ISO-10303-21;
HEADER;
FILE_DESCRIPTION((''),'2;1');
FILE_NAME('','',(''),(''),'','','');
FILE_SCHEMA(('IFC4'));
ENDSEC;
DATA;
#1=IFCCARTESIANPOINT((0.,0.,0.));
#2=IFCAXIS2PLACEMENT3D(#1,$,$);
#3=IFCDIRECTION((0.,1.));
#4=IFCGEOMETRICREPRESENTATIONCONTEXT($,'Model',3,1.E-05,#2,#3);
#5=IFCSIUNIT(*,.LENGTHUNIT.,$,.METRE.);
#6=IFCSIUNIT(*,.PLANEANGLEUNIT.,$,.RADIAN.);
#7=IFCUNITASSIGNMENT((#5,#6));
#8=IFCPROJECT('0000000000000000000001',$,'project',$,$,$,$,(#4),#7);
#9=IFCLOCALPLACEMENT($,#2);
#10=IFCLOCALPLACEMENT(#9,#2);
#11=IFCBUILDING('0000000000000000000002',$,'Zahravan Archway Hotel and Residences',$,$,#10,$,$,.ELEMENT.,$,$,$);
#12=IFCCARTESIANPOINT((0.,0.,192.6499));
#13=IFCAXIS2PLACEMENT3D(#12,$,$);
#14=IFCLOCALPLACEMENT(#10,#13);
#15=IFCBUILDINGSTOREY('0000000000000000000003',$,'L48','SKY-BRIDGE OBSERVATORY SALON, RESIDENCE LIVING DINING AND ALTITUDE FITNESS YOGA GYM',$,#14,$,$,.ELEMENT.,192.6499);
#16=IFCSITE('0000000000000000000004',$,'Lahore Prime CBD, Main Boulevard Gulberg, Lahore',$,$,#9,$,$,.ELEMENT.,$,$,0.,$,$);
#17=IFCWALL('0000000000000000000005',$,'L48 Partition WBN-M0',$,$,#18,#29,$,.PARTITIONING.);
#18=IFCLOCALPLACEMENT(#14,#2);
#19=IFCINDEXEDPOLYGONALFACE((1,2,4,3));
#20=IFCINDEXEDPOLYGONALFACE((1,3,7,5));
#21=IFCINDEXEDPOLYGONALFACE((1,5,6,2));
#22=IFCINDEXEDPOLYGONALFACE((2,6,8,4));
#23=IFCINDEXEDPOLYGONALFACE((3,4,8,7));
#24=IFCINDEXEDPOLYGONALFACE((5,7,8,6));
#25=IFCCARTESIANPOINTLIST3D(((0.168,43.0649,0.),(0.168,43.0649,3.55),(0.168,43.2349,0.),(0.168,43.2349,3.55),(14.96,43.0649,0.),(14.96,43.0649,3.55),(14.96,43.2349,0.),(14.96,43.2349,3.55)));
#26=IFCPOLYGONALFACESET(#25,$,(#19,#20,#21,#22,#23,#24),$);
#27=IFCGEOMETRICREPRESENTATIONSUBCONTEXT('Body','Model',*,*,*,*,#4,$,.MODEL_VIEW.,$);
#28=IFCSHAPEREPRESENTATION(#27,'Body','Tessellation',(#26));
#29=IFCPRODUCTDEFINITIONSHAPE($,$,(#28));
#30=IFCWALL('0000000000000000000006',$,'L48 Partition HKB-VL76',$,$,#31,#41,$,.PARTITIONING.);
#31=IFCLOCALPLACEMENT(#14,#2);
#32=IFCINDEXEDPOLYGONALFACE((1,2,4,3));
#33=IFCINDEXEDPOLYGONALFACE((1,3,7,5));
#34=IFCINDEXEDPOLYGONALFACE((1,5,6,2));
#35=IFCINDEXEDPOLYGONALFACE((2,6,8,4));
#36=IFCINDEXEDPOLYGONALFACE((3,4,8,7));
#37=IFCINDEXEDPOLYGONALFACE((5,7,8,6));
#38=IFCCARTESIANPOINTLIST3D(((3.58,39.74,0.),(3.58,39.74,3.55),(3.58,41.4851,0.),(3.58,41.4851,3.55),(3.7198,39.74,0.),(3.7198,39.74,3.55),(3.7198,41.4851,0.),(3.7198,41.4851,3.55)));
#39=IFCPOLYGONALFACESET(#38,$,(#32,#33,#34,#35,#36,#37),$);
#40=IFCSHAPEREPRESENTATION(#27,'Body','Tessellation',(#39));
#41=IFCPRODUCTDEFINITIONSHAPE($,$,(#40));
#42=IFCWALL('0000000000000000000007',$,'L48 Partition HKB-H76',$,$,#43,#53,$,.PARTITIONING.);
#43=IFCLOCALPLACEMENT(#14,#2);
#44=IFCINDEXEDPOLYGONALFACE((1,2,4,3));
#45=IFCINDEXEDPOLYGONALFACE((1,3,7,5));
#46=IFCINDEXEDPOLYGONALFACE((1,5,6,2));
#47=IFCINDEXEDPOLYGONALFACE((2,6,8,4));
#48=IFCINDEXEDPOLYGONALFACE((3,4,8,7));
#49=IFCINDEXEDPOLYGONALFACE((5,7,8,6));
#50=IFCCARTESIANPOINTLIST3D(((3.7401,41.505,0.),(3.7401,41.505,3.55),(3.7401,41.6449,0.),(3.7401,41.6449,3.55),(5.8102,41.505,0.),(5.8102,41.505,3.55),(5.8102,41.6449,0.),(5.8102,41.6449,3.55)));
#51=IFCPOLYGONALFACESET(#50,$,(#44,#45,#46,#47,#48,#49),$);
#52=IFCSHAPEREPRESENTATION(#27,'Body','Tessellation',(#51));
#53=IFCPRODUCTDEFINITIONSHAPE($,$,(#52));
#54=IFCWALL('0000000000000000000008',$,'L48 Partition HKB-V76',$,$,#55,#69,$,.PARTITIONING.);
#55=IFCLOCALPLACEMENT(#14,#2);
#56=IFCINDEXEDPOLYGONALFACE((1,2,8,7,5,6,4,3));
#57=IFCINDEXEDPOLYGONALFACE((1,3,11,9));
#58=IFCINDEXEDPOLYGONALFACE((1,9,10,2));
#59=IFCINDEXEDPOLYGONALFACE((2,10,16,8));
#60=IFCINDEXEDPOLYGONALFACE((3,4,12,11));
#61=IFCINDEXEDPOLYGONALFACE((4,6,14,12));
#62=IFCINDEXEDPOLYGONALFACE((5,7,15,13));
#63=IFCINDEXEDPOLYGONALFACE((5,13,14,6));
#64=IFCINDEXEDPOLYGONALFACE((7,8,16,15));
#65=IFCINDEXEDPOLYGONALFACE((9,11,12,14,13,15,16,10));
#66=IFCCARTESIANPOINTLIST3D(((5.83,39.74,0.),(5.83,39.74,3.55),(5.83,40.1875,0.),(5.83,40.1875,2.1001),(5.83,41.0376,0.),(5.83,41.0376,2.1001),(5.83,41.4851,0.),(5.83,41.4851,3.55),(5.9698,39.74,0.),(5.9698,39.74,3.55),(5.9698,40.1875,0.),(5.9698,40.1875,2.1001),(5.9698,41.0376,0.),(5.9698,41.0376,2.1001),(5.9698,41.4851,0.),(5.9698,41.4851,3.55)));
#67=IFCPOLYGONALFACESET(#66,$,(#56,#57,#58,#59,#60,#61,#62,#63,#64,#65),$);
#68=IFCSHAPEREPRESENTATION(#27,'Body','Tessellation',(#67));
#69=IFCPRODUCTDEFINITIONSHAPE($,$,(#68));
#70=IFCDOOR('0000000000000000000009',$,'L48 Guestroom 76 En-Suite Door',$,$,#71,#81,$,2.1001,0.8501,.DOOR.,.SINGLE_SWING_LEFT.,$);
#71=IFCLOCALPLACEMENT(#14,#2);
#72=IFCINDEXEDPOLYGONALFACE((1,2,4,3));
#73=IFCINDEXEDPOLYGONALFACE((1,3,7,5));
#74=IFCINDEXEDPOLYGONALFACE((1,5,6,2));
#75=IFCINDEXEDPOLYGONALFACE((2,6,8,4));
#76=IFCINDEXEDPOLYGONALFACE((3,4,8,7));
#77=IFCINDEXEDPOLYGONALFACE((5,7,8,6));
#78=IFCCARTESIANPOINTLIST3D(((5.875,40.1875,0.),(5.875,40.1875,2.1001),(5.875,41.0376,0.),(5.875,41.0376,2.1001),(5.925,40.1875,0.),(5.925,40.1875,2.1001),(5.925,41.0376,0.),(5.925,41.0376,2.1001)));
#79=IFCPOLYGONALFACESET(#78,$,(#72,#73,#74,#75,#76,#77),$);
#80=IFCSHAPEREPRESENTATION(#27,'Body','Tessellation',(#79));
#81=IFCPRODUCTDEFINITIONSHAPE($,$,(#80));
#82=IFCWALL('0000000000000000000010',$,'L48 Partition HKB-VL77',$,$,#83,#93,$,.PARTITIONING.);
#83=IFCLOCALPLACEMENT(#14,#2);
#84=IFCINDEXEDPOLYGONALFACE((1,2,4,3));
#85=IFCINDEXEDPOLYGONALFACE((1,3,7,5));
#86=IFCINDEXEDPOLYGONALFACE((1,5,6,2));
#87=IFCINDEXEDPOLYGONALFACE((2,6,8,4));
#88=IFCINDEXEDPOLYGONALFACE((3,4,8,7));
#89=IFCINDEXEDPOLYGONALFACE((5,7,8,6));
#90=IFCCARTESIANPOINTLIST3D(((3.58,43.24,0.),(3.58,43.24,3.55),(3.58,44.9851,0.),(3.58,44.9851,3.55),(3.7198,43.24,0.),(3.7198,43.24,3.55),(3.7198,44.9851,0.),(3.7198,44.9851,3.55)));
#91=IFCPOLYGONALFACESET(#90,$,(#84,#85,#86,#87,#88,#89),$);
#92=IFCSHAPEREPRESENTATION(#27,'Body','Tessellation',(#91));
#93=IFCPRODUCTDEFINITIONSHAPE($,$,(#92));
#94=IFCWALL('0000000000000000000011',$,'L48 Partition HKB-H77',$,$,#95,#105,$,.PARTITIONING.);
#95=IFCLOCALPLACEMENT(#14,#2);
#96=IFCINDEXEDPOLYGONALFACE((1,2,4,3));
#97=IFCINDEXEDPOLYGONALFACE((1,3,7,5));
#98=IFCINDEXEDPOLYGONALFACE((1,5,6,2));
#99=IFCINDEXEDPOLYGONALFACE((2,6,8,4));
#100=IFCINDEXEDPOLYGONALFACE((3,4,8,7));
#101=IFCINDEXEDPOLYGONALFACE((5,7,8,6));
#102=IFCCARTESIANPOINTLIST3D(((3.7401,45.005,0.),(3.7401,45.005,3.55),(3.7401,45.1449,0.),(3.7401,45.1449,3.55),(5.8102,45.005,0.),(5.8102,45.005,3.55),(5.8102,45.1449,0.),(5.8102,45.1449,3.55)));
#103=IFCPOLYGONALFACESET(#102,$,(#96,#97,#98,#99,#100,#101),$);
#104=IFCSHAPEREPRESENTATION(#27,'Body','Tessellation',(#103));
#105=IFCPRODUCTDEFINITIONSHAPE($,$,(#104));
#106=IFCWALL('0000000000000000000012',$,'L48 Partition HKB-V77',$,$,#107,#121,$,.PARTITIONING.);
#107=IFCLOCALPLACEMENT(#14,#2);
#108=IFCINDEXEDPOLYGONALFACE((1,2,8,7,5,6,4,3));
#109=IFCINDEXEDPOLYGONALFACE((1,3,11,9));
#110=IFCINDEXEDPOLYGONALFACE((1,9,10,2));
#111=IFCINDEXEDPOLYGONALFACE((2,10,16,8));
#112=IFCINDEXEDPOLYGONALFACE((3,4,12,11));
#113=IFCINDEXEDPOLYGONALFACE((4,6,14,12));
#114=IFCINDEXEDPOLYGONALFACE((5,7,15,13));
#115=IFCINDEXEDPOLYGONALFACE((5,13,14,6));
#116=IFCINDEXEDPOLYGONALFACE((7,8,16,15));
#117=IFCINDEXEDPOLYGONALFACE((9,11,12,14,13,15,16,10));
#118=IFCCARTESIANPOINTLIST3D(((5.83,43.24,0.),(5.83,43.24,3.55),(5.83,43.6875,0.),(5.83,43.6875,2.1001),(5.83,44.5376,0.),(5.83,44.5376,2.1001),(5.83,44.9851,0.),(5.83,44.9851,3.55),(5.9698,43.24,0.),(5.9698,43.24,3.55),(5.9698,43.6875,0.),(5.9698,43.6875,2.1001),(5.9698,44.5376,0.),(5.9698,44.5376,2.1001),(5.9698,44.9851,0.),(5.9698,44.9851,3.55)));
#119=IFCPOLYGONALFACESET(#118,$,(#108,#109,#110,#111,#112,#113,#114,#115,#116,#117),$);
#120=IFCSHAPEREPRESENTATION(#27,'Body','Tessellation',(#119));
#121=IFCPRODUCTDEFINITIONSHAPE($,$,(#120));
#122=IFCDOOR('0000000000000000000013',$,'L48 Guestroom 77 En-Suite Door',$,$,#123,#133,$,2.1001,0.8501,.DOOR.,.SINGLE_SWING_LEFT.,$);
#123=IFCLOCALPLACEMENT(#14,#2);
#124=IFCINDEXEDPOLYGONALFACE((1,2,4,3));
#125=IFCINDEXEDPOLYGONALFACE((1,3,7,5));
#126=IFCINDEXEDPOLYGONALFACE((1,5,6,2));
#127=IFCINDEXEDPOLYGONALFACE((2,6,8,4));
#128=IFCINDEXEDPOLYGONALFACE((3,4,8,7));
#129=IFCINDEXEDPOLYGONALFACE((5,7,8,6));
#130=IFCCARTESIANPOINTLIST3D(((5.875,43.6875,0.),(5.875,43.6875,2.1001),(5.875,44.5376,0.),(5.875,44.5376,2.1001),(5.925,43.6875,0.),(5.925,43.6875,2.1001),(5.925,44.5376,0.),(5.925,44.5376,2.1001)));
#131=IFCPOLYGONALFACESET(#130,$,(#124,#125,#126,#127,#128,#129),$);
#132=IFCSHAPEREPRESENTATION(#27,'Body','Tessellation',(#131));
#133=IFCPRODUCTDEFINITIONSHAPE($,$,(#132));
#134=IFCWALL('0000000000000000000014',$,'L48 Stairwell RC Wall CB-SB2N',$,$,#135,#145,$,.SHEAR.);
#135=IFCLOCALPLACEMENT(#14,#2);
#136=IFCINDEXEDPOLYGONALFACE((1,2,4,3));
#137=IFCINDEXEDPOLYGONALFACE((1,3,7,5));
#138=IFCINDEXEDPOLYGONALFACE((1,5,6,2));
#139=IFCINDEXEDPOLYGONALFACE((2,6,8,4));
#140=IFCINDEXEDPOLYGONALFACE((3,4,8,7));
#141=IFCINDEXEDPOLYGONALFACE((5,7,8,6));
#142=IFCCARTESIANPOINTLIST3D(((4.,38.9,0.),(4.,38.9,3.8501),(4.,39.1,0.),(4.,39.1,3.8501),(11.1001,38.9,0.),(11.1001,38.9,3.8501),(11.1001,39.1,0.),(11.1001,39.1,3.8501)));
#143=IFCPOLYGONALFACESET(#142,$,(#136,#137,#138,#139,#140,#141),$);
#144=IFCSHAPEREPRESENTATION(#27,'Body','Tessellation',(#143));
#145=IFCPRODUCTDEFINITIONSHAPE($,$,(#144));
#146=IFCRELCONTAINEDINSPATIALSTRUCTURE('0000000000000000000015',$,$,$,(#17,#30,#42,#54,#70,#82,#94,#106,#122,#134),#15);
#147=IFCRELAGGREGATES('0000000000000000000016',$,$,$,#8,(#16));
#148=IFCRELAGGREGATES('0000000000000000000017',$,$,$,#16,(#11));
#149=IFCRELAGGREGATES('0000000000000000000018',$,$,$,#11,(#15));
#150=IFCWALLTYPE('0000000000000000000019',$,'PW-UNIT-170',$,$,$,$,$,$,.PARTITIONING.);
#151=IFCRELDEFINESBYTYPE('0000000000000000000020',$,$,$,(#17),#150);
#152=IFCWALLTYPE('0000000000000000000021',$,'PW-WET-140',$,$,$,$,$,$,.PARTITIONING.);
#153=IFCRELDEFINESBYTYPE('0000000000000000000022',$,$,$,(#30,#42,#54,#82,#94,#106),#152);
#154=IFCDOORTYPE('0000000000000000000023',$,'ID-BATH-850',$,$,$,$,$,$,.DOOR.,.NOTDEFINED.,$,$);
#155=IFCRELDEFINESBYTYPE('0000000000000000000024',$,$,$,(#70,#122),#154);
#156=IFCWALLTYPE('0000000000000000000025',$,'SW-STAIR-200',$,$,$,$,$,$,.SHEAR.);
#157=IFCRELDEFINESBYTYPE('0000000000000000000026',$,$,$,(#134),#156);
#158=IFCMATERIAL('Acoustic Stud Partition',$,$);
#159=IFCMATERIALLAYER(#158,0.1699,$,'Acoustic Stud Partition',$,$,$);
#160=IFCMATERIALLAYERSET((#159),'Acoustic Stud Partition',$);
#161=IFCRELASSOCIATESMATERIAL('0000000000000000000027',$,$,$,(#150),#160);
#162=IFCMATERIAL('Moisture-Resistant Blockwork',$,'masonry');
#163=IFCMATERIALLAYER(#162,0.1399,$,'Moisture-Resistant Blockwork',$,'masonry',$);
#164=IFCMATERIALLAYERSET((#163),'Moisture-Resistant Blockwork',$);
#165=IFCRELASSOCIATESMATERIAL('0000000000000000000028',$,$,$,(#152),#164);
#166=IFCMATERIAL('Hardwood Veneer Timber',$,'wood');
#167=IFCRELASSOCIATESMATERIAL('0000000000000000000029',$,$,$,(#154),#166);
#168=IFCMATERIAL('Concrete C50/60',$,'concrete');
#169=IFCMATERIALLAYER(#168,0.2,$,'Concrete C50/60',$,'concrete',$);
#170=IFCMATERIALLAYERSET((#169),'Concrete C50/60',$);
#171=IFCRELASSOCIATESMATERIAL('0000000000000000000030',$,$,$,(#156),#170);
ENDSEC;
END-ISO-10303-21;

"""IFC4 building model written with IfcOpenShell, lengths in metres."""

from ifc_helpers import new_model, si_unit, direction, frame, frame_2d, origin, place, context, subcontext, project, spatial, rectangle, extrude, source, transform, mapped, material, layer, layer_set, type_object, type_shapes, element, fill, save


model = new_model("IFC4")

# Units and contexts
model_context = context("Model", 3, precision=1e-05, world=origin(), true_north=direction((0.0, 1.0)))
body_context = subcontext(model_context, "Body", "Model", "MODEL_VIEW")
ifc_project = project(units=[si_unit("LENGTHUNIT", "METRE"), si_unit("PLANEANGLEUNIT", "RADIAN")], contexts=[model_context])

# Site, building, storey
site_placement = place(None, origin())
site = spatial("IfcSite", under=ifc_project, at=site_placement, Name="Lahore Prime CBD, Main Boulevard Gulberg, Lahore", CompositionType="ELEMENT", RefElevation=0.0)
building_placement = place(site_placement, origin())
building = spatial("IfcBuilding", under=site, at=building_placement, Name="Zahravan Archway Hotel and Residences", CompositionType="ELEMENT")
storey_placement = place(building_placement, frame((0.0, 0.0, 192.6499)))
storey = spatial("IfcBuildingStorey", under=building, at=storey_placement, Name="L48", Description="SKY-BRIDGE OBSERVATORY SALON, RESIDENCE LIVING DINING AND ALTITUDE FITNESS YOGA GYM", CompositionType="ELEMENT", Elevation=192.6499)

# Shared definitions
ifc_material_1 = material(Name="Acoustic Stud Partition")
ifc_layer_1 = layer(ifc_material_1, 0.1699, Name="Acoustic Stud Partition")
ifc_layer_set_1 = layer_set([ifc_layer_1], Name="Acoustic Stud Partition")
wall_type_1 = type_object("IfcWallType", Name="PW-UNIT-170", PredefinedType="PARTITIONING", material=ifc_layer_set_1)
ifc_material_2 = material(Name="Hardwood Veneer Timber", Category="wood")

# Walls
wall_1_placement = place(storey_placement, frame((0.168, 43.1499, 0.0), z_axis=(0.0, 0.0, 1.0), x_axis=(1.0, 0.0, 0.0)))
element("IfcWall", 1, at=wall_1_placement, inside=storey, type_object=wall_type_1, Name="L48 Partition WBN-M0", PredefinedType="PARTITIONING", context=body_context, shape_type="SweptSolid", body=[
    extrude(rectangle(XDim=14.792, YDim=0.1699, at=frame_2d((7.396, 0.0))), origin(), (0.0, 0.0, 1.0), 3.55),
])
ifc_material_3 = material(Name="Moisture-Resistant Blockwork", Category="masonry")
ifc_layer_2 = layer(ifc_material_3, 0.1399, Name="Moisture-Resistant Blockwork", Category="masonry")
ifc_layer_set_2 = layer_set([ifc_layer_2], Name="Moisture-Resistant Blockwork")
wall_type_2 = type_object("IfcWallType", Name="PW-WET-140", PredefinedType="PARTITIONING", material=ifc_layer_set_2)
wall_2_placement = place(storey_placement, frame((3.6499, 39.74, 0.0), z_axis=(0.0, 0.0, 1.0), x_axis=(0.0, 1.0, 0.0)))
element("IfcWall", 2, at=wall_2_placement, inside=storey, type_object=wall_type_2, Name="L48 Partition HKB-VL76", PredefinedType="PARTITIONING", context=body_context, shape_type="SweptSolid", body=[
    extrude(rectangle(XDim=1.7451, YDim=0.1399, at=frame_2d((0.8726, 0.0))), origin(), (0.0, 0.0, 1.0), 3.55),
])
wall_3_placement = place(storey_placement, frame((3.74, 41.575, 0.0), z_axis=(0.0, 0.0, 1.0), x_axis=(1.0, 0.0, 0.0)))
element("IfcWall", 3, at=wall_3_placement, inside=storey, type_object=wall_type_2, Name="L48 Partition HKB-H76", PredefinedType="PARTITIONING", context=body_context, shape_type="SweptSolid", body=[
    extrude(rectangle(XDim=2.0701, YDim=0.1399, at=frame_2d((1.0352, 0.0))), origin(), (0.0, 0.0, 1.0), 3.55),
])

# Wall, opening, door
wall_4_placement = place(storey_placement, frame((5.8999, 39.74, 0.0), z_axis=(0.0, 0.0, 1.0), x_axis=(0.0, 1.0, 0.0)))
wall_4 = element("IfcWall", 4, at=wall_4_placement, inside=storey, type_object=wall_type_2, Name="L48 Partition HKB-V76", PredefinedType="PARTITIONING", context=body_context, shape_type="SweptSolid", body=[
    extrude(rectangle(XDim=1.7451, YDim=0.1399, at=frame_2d((0.8726, 0.0))), origin(), (0.0, 0.0, 1.0), 3.55),
])
opening_1_placement = place(wall_4_placement, frame((0.4475, 0.0, 0.0)))
opening_1 = element("IfcOpeningElement", 5, at=opening_1_placement, cuts=wall_4, PredefinedType="OPENING", context=body_context, shape_type="SweptSolid", body=[
    extrude(rectangle(XDim=0.8501, YDim=2.1001, at=frame_2d((0.425, 1.05))), frame((0.0, 0.0801, 0.0), z_axis=(0.0, -1.0, 0.0), x_axis=(1.0, 0.0, 0.0)), (0.0, 0.0, 1.0), 0.1599),
])
door_type_1 = type_object("IfcDoorType", Name="ID-BATH-850", OperationType="NOTDEFINED", PredefinedType="DOOR", material=ifc_material_2)
shared_shape_1 = source(origin(), body_context, "Body", "SweptSolid", [
    extrude(rectangle(XDim=0.8501, YDim=2.1001, at=frame_2d((0.425, 1.05))), frame((0.0, 0.0249, 0.0), z_axis=(0.0, -1.0, 0.0), x_axis=(1.0, 0.0, 0.0)), (0.0, 0.0, 1.0), 0.05),
])
type_shapes(door_type_1, [shared_shape_1])
door_1_placement = place(opening_1_placement, origin())
door_1 = element("IfcDoor", 6, at=door_1_placement, inside=storey, type_object=door_type_1, Name="L48 Guestroom 76 En-Suite Door", OperationType="SINGLE_SWING_LEFT", OverallHeight=2.1001, OverallWidth=0.8501, PredefinedType="DOOR", context=body_context, shape_type="MappedRepresentation", body=[
    mapped(shared_shape_1, transform((0.0, 0.0, 0.0), scale=1.0)),
])
fill(opening_1, door_1)

# Walls
wall_5_placement = place(storey_placement, frame((3.6499, 43.24, 0.0), z_axis=(0.0, 0.0, 1.0), x_axis=(0.0, 1.0, 0.0)))
element("IfcWall", 7, at=wall_5_placement, inside=storey, type_object=wall_type_2, Name="L48 Partition HKB-VL77", PredefinedType="PARTITIONING", context=body_context, shape_type="SweptSolid", body=[
    extrude(rectangle(XDim=1.7451, YDim=0.1399, at=frame_2d((0.8726, 0.0))), origin(), (0.0, 0.0, 1.0), 3.55),
])
wall_6_placement = place(storey_placement, frame((3.74, 45.075, 0.0), z_axis=(0.0, 0.0, 1.0), x_axis=(1.0, 0.0, 0.0)))
element("IfcWall", 8, at=wall_6_placement, inside=storey, type_object=wall_type_2, Name="L48 Partition HKB-H77", PredefinedType="PARTITIONING", context=body_context, shape_type="SweptSolid", body=[
    extrude(rectangle(XDim=2.0701, YDim=0.1399, at=frame_2d((1.0352, 0.0))), origin(), (0.0, 0.0, 1.0), 3.55),
])

# Wall, opening, door
wall_7_placement = place(storey_placement, frame((5.8999, 43.24, 0.0), z_axis=(0.0, 0.0, 1.0), x_axis=(0.0, 1.0, 0.0)))
wall_7 = element("IfcWall", 9, at=wall_7_placement, inside=storey, type_object=wall_type_2, Name="L48 Partition HKB-V77", PredefinedType="PARTITIONING", context=body_context, shape_type="SweptSolid", body=[
    extrude(rectangle(XDim=1.7451, YDim=0.1399, at=frame_2d((0.8726, 0.0))), origin(), (0.0, 0.0, 1.0), 3.55),
])
opening_2_placement = place(wall_7_placement, frame((0.4475, 0.0, 0.0)))
opening_2 = element("IfcOpeningElement", 10, at=opening_2_placement, cuts=wall_7, PredefinedType="OPENING", context=body_context, shape_type="SweptSolid", body=[
    extrude(rectangle(XDim=0.8501, YDim=2.1001, at=frame_2d((0.425, 1.05))), frame((0.0, 0.0801, 0.0), z_axis=(0.0, -1.0, 0.0), x_axis=(1.0, 0.0, 0.0)), (0.0, 0.0, 1.0), 0.1599),
])
door_2_placement = place(opening_2_placement, origin())
door_2 = element("IfcDoor", 11, at=door_2_placement, inside=storey, type_object=door_type_1, Name="L48 Guestroom 77 En-Suite Door", OperationType="SINGLE_SWING_LEFT", OverallHeight=2.1001, OverallWidth=0.8501, PredefinedType="DOOR", context=body_context, shape_type="MappedRepresentation", body=[
    mapped(shared_shape_1, transform((0.0, 0.0, 0.0), scale=1.0)),
])
fill(opening_2, door_2)

# Wall
ifc_material_4 = material(Name="Concrete C50/60", Category="concrete")
ifc_layer_3 = layer(ifc_material_4, 0.2, Name="Concrete C50/60", Category="concrete")
ifc_layer_set_3 = layer_set([ifc_layer_3], Name="Concrete C50/60")
wall_type_3 = type_object("IfcWallType", Name="SW-STAIR-200", PredefinedType="SHEAR", material=ifc_layer_set_3)
wall_8_placement = place(storey_placement, frame((4.0, 39.0, 0.0), z_axis=(0.0, 0.0, 1.0), x_axis=(1.0, 0.0, 0.0)))
element("IfcWall", 12, at=wall_8_placement, inside=storey, type_object=wall_type_3, Name="L48 Stairwell RC Wall CB-SB2N", PredefinedType="SHEAR", context=body_context, shape_type="SweptSolid", body=[
    extrude(rectangle(XDim=7.1001, YDim=0.2, at=frame_2d((3.55, 0.0))), origin(), (0.0, 0.0, 1.0), 3.8501),
])

save(model, "model.ifc")
